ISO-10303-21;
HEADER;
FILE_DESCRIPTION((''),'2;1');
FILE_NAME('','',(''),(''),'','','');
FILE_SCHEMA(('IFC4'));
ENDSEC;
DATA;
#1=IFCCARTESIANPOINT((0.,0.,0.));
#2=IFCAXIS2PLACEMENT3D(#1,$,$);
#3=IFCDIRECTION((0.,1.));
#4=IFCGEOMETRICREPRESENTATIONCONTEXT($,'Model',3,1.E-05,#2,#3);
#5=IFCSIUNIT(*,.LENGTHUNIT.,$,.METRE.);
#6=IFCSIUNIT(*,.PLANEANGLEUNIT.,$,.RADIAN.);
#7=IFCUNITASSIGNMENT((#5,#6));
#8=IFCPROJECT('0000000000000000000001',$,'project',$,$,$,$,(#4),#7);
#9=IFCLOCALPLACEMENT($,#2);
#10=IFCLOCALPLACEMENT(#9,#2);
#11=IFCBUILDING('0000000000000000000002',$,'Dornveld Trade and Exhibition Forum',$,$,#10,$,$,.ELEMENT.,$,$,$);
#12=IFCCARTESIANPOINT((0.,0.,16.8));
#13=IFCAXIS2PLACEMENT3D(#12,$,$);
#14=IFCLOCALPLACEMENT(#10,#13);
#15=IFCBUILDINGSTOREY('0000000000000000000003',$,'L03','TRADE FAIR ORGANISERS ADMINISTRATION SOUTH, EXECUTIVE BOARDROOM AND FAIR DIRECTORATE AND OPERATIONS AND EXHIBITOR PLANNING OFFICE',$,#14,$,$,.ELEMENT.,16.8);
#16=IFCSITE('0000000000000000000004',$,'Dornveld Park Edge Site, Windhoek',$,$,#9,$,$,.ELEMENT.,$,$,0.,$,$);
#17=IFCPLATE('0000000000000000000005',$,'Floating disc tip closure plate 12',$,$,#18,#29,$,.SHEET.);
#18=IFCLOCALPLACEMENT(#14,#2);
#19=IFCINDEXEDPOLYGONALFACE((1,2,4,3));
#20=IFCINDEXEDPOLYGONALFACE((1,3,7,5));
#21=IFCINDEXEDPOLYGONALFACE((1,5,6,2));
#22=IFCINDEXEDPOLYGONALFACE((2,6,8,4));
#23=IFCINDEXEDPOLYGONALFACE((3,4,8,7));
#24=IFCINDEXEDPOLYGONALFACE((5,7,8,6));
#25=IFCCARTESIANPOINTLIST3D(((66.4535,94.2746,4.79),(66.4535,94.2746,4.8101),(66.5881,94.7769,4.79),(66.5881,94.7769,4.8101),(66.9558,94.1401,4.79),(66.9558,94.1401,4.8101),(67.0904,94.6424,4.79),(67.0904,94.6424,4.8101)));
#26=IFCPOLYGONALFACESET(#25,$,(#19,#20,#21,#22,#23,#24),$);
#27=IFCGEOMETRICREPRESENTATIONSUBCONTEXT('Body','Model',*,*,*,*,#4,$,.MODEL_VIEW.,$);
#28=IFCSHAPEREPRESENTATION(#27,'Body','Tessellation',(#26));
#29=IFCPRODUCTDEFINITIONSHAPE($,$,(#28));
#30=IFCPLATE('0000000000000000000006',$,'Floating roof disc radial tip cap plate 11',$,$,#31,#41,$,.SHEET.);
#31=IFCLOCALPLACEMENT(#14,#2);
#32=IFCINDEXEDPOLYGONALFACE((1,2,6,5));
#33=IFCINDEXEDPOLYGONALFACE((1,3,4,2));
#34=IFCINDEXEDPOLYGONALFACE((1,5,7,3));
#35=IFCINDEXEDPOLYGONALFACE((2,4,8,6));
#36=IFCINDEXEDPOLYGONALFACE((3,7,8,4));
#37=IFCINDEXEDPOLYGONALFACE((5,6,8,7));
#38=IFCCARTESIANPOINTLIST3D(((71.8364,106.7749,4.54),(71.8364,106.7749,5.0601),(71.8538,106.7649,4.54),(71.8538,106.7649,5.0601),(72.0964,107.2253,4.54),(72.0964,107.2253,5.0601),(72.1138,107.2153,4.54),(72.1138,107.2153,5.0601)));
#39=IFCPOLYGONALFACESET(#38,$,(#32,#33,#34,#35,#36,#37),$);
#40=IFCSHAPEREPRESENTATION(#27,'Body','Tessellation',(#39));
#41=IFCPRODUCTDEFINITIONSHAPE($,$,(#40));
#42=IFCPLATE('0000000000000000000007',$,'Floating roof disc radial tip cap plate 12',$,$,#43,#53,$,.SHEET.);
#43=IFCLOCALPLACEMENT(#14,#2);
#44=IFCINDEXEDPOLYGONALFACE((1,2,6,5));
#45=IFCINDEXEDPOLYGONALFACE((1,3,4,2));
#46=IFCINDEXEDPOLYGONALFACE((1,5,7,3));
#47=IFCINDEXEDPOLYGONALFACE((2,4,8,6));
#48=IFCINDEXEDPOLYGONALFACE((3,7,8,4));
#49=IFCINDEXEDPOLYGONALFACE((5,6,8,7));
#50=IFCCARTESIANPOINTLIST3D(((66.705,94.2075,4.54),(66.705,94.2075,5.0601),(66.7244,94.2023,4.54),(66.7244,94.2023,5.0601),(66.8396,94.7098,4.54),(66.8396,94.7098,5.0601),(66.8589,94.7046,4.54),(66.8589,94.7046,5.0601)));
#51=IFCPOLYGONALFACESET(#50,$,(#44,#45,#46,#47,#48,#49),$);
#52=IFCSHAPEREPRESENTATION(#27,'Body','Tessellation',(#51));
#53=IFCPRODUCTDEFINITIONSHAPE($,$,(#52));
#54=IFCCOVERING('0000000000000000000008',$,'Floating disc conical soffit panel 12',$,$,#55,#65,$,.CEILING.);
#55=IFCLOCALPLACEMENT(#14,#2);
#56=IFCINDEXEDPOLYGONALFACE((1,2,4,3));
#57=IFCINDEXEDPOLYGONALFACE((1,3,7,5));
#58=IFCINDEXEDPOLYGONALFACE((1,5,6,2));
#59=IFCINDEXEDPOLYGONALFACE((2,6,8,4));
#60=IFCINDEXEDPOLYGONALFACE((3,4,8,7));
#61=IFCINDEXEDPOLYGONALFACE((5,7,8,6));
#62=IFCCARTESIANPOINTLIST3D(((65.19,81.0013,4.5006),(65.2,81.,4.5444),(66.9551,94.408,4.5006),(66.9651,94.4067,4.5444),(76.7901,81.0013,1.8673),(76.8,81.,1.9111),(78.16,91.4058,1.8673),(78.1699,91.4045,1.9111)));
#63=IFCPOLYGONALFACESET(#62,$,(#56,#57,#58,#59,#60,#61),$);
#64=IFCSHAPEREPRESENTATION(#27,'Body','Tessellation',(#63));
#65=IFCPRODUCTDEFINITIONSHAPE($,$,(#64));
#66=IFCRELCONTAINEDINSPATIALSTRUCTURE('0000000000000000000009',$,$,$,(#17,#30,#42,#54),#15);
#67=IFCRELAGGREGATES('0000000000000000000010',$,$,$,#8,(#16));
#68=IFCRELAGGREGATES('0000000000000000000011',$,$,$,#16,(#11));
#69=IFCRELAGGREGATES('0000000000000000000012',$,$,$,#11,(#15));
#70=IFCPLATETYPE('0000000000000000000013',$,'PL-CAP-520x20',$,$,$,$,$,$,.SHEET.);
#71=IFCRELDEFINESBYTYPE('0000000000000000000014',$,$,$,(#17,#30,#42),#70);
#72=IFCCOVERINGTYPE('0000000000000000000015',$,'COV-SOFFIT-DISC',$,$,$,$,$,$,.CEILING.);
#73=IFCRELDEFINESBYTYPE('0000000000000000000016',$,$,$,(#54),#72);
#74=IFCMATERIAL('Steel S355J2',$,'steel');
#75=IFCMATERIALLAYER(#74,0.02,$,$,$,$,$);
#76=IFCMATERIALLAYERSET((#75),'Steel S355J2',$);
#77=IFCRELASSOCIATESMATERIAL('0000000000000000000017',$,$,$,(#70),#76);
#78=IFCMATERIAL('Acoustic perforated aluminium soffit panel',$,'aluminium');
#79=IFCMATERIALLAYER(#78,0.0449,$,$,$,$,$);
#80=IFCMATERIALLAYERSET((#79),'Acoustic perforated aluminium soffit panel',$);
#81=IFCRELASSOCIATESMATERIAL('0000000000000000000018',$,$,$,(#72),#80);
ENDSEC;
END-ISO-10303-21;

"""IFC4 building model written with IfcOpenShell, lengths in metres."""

from ifc_helpers import new_model, si_unit, direction, frame, origin, origin_2d, place, context, subcontext, project, spatial, polyline, rectangle, outline, extrude, material, layer, layer_set, type_object, element, save


model = new_model("IFC4")

# Units and contexts
model_context = context("Model", 3, precision=1e-05, world=origin(), true_north=direction((0.0, 1.0)))
body_context = subcontext(model_context, "Body", "Model", "MODEL_VIEW")
ifc_project = project(units=[si_unit("LENGTHUNIT", "METRE"), si_unit("PLANEANGLEUNIT", "RADIAN")], contexts=[model_context])

# Site, building, storey
site_placement = place(None, origin())
site = spatial("IfcSite", under=ifc_project, at=site_placement, Name="Dornveld Park Edge Site, Windhoek", CompositionType="ELEMENT", RefElevation=0.0)
building_placement = place(site_placement, origin())
building = spatial("IfcBuilding", under=site, at=building_placement, Name="Dornveld Trade and Exhibition Forum", CompositionType="ELEMENT")
storey_placement = place(building_placement, frame((0.0, 0.0, 16.8)))
storey = spatial("IfcBuildingStorey", under=building, at=storey_placement, Name="L03", Description="TRADE FAIR ORGANISERS ADMINISTRATION SOUTH, EXECUTIVE BOARDROOM AND FAIR DIRECTORATE AND OPERATIONS AND EXHIBITOR PLANNING OFFICE", CompositionType="ELEMENT", Elevation=16.8)

# Plates
ifc_material_1 = material(Name="Steel S355J2", Category="steel")
ifc_layer_1 = layer(ifc_material_1, 0.02)
ifc_layer_set_1 = layer_set([ifc_layer_1], Name="Steel S355J2")
plate_type = type_object("IfcPlateType", Name="PL-CAP-520x20", PredefinedType="SHEET", material=ifc_layer_set_1)
for number, where, z_axis, x_axis, name in (
    (1, (66.772, 94.4585, 4.79), (0.0, 0.0, 1.0), (-0.965926, 0.258819, 0.0), "Floating disc tip closure plate 12"),
):
    element("IfcPlate", number, at=place(storey_placement, frame(where, z_axis=z_axis, x_axis=x_axis)), inside=storey, type_object=plate_type, Name=name, PredefinedType="SHEET", context=body_context, shape_type="SweptSolid", body=[
        extrude(rectangle(XDim=0.52, YDim=0.52, at=origin_2d()), origin(), (0.0, 0.0, 1.0), 0.02),
    ])
for number, where, z_axis, x_axis, name in (
    (2, (71.9751, 106.9951, 4.54), (0.0, 0.0, 1.0), (-0.866025, 0.5, 0.0), "Floating roof disc radial tip cap plate 11"),
    (3, (66.782, 94.4561, 4.54), (0.0, 0.0, 1.0), (-0.965926, 0.258819, 0.0), "Floating roof disc radial tip cap plate 12"),
):
    element("IfcPlate", number, at=place(storey_placement, frame(where, z_axis=z_axis, x_axis=x_axis)), inside=storey, type_object=plate_type, Name=name, PredefinedType="SHEET", context=body_context, shape_type="SweptSolid", body=[
        extrude(rectangle(XDim=0.02, YDim=0.52, at=origin_2d()), origin(), (0.0, 0.0, 1.0), 0.52),
    ])

# Covering
ifc_material_2 = material(Name="Acoustic perforated aluminium soffit panel", Category="aluminium")
ifc_layer_2 = layer(ifc_material_2, 0.0449)
ifc_layer_set_2 = layer_set([ifc_layer_2], Name="Acoustic perforated aluminium soffit panel")
covering_type = type_object("IfcCoveringType", Name="COV-SOFFIT-DISC", PredefinedType="CEILING", material=ifc_layer_set_2)
covering_placement = place(storey_placement, frame((78.1699, 91.4045, 1.9111), z_axis=(0.22128, -0.029134, 0.974775), x_axis=(-0.941963, 0.252387, 0.221375)))
element("IfcCovering", 4, at=covering_placement, inside=storey, type_object=covering_type, Name="Floating disc conical soffit panel 12", PredefinedType="CEILING", context=body_context, shape_type="SweptSolid", body=[
    extrude(outline(polyline([(0.0, 0.0), (11.8952, 0.0), (10.1742, 13.4125), (-1.3356, 10.409), (0.0, 0.0)])), origin(), (0.0, 0.0, -1.0), 0.0449),
])

save(model, "model.ifc")
